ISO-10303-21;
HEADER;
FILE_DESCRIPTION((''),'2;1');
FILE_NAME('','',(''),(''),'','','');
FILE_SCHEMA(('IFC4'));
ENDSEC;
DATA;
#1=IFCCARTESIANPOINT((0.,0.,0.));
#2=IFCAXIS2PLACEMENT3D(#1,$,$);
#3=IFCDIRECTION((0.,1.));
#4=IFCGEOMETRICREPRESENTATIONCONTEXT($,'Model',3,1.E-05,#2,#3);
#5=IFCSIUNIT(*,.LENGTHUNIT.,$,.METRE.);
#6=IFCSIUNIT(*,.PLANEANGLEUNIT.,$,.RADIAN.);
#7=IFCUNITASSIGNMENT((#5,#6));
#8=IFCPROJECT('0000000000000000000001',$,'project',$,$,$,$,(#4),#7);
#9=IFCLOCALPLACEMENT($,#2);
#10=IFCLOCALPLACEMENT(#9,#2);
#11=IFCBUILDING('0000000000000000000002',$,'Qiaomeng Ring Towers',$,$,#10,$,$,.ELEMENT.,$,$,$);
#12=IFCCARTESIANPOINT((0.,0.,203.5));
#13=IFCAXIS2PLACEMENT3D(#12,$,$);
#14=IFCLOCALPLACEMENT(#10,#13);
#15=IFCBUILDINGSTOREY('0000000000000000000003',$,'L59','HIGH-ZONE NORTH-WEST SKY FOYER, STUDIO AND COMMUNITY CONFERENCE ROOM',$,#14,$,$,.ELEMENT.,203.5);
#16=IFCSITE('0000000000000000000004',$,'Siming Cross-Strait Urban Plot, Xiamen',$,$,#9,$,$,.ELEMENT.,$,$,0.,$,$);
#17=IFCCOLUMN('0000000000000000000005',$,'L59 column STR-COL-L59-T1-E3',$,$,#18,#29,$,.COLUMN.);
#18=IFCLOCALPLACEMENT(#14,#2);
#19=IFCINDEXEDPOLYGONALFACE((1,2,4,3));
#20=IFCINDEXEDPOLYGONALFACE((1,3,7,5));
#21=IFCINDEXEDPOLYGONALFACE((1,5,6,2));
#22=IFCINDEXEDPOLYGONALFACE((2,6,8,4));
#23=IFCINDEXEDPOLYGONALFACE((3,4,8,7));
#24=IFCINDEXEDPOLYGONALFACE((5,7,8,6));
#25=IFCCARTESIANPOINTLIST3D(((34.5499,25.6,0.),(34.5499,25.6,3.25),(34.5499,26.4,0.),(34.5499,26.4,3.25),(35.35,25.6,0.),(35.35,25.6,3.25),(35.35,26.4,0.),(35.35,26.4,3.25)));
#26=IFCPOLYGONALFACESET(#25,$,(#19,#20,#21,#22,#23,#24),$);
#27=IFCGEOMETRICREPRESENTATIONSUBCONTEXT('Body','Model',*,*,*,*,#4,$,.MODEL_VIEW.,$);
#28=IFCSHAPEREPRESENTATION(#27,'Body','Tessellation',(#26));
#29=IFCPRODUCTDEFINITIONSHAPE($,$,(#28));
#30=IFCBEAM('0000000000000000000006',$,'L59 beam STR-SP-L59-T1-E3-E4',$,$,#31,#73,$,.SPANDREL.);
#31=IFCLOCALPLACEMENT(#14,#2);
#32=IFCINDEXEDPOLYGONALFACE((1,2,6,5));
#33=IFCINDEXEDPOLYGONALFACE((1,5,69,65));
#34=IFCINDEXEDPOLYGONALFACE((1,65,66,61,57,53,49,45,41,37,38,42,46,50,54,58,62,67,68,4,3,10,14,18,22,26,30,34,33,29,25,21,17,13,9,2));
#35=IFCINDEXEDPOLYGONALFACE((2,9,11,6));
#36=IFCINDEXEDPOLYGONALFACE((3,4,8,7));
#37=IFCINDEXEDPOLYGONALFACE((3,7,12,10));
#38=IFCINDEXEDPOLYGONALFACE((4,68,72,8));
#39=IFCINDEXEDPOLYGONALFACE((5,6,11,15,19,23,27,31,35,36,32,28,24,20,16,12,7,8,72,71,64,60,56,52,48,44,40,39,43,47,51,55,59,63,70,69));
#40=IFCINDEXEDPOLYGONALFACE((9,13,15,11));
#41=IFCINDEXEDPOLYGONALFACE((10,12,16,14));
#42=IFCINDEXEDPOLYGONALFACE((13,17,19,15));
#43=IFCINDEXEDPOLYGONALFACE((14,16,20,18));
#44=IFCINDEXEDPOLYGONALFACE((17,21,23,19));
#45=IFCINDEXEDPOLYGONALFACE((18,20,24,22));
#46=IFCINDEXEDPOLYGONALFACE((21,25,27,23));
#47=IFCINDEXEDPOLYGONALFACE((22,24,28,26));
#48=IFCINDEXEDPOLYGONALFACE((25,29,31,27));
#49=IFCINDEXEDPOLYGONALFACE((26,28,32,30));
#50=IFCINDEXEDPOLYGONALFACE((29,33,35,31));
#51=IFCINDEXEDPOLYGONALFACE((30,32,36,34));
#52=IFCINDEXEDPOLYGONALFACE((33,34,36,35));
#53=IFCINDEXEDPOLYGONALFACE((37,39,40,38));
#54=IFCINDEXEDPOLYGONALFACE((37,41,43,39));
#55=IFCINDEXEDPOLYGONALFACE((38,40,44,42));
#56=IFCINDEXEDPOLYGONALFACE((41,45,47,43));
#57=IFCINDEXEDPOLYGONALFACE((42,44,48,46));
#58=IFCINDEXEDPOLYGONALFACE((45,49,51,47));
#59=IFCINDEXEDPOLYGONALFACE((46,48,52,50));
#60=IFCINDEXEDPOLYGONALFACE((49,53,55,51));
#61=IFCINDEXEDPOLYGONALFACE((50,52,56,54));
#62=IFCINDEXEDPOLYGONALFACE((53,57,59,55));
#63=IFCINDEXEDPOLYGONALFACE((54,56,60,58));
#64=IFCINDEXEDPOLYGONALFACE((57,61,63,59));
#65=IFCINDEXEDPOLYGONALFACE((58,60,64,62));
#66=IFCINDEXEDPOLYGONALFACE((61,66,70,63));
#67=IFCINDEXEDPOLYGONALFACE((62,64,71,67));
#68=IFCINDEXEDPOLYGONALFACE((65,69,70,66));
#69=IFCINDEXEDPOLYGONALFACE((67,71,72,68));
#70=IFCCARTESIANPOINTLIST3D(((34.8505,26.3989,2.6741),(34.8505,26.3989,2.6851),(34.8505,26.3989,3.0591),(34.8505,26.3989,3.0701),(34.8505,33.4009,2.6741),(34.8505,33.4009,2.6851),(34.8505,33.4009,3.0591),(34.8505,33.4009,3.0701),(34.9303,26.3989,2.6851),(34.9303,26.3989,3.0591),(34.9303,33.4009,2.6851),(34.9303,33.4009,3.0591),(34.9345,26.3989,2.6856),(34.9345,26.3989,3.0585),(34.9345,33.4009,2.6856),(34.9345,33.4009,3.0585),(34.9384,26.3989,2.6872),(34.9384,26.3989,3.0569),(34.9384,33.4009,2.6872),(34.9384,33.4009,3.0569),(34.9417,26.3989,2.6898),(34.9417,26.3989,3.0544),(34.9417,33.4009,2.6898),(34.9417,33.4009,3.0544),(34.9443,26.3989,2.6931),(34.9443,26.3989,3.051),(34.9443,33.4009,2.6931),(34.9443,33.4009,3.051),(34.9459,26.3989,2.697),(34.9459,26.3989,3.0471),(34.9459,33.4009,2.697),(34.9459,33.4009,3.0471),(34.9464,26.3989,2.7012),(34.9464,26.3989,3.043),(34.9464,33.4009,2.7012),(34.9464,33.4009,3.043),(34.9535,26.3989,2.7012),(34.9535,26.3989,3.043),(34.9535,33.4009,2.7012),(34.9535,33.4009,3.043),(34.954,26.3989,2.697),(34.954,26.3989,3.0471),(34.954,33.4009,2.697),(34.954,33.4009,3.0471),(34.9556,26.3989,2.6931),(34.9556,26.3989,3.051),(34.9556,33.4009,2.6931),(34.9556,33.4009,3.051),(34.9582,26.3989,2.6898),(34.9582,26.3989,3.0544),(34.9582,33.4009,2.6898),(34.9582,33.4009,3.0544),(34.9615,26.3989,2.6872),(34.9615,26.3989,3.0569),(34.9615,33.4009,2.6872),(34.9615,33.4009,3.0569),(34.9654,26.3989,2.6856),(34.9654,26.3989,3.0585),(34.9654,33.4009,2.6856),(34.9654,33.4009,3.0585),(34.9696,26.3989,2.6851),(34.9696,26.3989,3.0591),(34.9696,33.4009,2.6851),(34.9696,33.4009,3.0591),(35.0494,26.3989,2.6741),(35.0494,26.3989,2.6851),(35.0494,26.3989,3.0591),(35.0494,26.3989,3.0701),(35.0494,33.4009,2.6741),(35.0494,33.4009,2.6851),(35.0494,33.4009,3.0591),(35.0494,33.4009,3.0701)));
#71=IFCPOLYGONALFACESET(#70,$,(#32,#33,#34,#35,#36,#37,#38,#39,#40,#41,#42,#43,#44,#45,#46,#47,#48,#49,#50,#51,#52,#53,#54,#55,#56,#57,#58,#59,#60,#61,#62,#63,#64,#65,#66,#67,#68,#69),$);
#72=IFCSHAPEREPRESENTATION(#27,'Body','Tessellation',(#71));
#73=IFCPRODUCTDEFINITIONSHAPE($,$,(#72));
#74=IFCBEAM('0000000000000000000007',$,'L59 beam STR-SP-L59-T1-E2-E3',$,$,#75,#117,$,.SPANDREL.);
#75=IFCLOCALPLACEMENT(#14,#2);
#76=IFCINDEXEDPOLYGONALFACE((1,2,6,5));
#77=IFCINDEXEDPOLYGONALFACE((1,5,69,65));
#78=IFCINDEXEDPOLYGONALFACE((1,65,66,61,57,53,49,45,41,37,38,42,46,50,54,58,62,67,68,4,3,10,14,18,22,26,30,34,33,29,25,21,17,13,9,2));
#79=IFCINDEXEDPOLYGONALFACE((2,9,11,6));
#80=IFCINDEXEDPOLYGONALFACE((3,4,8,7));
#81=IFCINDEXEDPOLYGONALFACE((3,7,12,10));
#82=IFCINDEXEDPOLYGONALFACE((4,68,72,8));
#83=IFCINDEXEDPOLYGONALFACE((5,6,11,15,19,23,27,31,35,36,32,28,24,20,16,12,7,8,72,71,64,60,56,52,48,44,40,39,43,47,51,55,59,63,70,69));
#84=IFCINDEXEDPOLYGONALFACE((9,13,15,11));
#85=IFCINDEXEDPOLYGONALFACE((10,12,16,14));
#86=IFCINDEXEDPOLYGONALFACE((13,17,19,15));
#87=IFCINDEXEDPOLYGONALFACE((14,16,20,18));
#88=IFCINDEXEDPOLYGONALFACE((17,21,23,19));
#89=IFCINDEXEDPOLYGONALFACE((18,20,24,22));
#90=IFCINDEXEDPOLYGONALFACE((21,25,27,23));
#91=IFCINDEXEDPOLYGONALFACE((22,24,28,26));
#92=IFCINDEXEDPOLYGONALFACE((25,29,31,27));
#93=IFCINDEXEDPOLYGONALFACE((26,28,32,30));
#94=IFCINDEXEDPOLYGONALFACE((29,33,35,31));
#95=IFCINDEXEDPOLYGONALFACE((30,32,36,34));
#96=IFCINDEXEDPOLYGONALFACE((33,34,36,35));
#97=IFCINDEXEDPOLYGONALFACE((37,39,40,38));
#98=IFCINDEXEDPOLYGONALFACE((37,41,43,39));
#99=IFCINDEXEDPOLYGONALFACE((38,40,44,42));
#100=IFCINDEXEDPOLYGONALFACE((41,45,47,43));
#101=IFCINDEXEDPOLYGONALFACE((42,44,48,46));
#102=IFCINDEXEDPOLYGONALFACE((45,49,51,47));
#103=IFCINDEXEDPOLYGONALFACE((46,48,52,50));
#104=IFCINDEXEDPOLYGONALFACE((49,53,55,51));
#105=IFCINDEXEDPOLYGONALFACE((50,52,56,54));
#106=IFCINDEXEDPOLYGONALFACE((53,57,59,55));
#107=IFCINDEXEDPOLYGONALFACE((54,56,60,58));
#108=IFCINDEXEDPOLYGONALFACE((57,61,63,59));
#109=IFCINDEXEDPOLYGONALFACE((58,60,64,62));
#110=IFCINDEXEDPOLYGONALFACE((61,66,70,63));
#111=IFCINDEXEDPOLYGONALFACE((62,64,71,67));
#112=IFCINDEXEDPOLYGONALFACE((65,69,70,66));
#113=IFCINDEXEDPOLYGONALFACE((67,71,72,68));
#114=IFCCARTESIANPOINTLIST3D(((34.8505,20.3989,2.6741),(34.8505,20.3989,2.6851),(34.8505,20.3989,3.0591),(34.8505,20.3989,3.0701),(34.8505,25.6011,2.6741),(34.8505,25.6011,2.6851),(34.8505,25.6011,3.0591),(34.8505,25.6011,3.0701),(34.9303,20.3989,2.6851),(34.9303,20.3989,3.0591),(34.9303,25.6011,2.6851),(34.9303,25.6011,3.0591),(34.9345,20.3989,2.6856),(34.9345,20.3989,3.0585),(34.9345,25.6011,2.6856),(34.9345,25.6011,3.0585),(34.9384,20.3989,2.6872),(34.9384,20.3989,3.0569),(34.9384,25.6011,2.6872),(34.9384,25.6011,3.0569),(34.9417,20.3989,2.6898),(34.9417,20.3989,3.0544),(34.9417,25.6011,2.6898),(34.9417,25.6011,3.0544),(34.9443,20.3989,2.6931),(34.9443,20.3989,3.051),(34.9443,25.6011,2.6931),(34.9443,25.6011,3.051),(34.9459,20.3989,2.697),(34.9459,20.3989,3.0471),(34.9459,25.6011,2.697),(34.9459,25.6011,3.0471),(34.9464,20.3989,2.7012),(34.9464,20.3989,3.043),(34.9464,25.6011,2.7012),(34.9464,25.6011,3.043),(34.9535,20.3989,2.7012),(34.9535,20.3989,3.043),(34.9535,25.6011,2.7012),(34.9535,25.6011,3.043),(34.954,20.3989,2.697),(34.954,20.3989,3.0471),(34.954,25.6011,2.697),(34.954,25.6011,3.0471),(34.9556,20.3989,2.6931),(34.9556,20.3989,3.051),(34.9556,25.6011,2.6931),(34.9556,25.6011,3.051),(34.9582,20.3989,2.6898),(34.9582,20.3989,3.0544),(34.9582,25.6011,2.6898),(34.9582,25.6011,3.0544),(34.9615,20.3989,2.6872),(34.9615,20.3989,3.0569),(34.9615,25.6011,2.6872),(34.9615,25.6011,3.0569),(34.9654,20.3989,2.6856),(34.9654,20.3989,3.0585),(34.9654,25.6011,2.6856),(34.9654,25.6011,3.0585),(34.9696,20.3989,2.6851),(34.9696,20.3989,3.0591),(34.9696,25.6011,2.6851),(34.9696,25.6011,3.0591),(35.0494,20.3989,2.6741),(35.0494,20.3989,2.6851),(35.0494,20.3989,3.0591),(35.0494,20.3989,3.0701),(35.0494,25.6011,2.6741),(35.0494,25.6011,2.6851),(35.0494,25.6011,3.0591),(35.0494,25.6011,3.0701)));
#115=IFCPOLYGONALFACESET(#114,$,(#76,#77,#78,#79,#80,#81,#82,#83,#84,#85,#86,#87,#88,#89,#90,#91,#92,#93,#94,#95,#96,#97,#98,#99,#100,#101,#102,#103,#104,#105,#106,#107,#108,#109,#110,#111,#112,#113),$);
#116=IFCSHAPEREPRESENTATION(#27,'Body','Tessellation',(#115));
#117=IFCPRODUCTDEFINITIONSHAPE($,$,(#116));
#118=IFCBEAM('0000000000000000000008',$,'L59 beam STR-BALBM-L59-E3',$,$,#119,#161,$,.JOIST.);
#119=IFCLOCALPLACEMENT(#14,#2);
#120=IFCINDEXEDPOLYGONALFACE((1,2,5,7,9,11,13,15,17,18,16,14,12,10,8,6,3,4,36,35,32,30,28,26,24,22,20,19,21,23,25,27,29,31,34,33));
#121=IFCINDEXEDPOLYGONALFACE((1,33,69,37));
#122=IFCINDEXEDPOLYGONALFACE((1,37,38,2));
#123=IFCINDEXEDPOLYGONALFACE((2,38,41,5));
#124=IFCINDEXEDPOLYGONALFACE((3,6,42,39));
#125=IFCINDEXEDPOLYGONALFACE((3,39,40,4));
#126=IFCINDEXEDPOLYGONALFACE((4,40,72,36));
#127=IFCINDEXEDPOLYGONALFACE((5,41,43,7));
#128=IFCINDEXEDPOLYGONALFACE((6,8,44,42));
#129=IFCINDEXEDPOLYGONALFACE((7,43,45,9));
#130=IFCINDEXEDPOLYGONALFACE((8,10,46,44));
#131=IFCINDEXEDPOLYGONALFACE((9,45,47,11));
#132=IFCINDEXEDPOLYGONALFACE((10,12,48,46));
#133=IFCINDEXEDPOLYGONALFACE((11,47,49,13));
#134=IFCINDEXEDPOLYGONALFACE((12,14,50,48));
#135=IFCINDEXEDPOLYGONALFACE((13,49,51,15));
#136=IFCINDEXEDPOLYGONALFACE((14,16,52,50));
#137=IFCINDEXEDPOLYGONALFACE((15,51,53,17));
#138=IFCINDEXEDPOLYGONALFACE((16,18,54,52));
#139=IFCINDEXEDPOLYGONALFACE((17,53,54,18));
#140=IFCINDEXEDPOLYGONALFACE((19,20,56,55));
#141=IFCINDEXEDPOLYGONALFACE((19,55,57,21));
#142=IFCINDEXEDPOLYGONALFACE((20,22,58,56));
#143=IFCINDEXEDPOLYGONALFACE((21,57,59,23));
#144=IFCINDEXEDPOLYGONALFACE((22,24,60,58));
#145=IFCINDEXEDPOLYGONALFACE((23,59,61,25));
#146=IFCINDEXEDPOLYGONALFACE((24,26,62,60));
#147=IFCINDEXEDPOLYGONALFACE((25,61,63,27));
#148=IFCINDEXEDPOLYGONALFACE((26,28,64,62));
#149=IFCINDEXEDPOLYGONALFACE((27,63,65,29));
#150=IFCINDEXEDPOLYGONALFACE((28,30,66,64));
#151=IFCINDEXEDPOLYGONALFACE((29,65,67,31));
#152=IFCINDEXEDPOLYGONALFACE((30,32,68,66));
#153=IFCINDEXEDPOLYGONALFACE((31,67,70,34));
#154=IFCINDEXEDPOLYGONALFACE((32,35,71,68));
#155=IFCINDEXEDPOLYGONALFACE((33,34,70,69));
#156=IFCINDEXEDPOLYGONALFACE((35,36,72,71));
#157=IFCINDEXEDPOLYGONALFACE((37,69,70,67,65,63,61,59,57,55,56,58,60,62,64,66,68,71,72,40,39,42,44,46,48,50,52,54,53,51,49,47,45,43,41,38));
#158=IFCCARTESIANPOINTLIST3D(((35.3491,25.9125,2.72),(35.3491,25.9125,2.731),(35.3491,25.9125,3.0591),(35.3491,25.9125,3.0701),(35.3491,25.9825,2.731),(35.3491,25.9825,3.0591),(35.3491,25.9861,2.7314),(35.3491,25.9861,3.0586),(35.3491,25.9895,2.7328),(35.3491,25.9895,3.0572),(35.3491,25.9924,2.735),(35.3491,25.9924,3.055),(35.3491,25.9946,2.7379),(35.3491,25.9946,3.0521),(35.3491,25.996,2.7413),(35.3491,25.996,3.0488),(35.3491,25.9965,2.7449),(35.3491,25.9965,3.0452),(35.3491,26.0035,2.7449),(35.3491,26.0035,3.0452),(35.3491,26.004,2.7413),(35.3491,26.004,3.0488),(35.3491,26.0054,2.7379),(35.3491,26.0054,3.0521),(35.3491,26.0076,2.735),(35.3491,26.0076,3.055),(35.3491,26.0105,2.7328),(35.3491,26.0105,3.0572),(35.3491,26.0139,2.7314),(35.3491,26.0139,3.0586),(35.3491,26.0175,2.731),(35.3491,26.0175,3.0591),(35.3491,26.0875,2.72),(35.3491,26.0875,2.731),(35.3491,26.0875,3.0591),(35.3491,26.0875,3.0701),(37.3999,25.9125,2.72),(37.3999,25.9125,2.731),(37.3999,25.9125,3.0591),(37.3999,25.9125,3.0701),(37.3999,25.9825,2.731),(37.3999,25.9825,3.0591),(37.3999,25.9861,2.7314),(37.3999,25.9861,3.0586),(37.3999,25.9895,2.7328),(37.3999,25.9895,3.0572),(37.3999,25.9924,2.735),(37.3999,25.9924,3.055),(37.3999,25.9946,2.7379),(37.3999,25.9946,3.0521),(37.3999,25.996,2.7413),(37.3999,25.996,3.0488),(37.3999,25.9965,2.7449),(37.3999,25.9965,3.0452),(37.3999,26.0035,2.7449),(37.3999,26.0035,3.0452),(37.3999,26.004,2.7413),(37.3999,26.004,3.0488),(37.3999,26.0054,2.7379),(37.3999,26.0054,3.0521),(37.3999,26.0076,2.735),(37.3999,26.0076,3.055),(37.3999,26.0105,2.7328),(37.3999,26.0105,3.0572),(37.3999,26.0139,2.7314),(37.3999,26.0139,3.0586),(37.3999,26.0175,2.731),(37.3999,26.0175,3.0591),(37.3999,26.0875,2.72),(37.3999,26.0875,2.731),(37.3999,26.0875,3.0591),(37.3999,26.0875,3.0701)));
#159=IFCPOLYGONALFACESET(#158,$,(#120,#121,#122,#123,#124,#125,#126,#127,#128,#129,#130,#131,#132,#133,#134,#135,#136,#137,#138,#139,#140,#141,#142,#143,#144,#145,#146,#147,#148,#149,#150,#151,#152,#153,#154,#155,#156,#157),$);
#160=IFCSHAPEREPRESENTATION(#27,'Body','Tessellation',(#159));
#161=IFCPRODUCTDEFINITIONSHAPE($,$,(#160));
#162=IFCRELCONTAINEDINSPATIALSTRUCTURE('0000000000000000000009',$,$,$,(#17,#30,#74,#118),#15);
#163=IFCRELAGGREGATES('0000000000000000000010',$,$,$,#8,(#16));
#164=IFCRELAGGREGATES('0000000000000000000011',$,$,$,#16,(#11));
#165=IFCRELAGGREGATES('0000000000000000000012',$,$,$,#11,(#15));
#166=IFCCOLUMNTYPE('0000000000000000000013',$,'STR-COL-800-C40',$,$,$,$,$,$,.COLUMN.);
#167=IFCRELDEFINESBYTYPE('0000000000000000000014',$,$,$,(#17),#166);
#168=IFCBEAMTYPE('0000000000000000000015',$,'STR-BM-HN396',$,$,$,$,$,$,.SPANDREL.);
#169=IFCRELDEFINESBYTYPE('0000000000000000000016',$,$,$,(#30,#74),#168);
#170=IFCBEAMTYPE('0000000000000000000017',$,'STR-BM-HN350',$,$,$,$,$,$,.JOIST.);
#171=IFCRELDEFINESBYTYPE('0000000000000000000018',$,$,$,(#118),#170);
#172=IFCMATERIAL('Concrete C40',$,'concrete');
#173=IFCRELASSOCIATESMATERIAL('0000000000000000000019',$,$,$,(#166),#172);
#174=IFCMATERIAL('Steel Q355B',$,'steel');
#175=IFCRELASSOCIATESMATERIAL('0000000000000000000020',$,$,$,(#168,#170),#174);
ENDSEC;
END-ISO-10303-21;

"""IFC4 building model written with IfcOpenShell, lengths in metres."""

from ifc_helpers import new_model, si_unit, direction, frame, origin, origin_2d, place, context, subcontext, project, spatial, rectangle, i_section, extrude, source, transform, mapped, material, material_profile, profile_set, type_object, element, save


model = new_model("IFC4")

# Units and contexts
model_context = context("Model", 3, precision=1e-05, world=origin(), true_north=direction((0.0, 1.0)))
body_context = subcontext(model_context, "Body", "Model", "MODEL_VIEW")
ifc_project = project(units=[si_unit("LENGTHUNIT", "METRE"), si_unit("PLANEANGLEUNIT", "RADIAN")], contexts=[model_context])

# Site, building, storey
site_placement = place(None, origin())
site = spatial("IfcSite", under=ifc_project, at=site_placement, Name="Siming Cross-Strait Urban Plot, Xiamen", CompositionType="ELEMENT", RefElevation=0.0)
building_placement = place(site_placement, origin())
building = spatial("IfcBuilding", under=site, at=building_placement, Name="Qiaomeng Ring Towers", CompositionType="ELEMENT")
storey_placement = place(building_placement, frame((0.0, 0.0, 203.5)))
storey = spatial("IfcBuildingStorey", under=building, at=storey_placement, Name="L59", Description="HIGH-ZONE NORTH-WEST SKY FOYER, STUDIO AND COMMUNITY CONFERENCE ROOM", CompositionType="ELEMENT", Elevation=203.5)

# Column
ifc_material_1 = material(Name="Concrete C40", Category="concrete")
ifc_material_profile_1 = material_profile(ifc_material_1, rectangle(XDim=0.8, YDim=0.8, at=origin_2d()), Name="RC COL 800x800")
ifc_profile_set_1 = profile_set([ifc_material_profile_1], Name="Concrete C40")
column_type = type_object("IfcColumnType", Name="STR-COL-800-C40", PredefinedType="COLUMN", material=ifc_profile_set_1)
shared_shape_1 = source(origin(), body_context, "Body", "SweptSolid", [
    extrude(rectangle(XDim=0.8, YDim=0.8, at=origin_2d()), origin(), (0.0, 0.0, 1.0), 3.25),
])
column_placement = place(storey_placement, frame((34.95, 26.0, 0.0), z_axis=(0.0, 0.0, 1.0), x_axis=(1.0, 0.0, 0.0)))
element("IfcColumn", 1, at=column_placement, inside=storey, type_object=column_type, Name="L59 column STR-COL-L59-T1-E3", PredefinedType="COLUMN", context=body_context, shape_type="MappedRepresentation", body=[
    mapped(shared_shape_1, transform((0.0, 0.0, 0.0), x_axis=(1.0, 0.0, 0.0), y_axis=(0.0, 1.0, 0.0), z_axis=(0.0, 0.0, 1.0), scale=1.0)),
])

# Beams
ifc_material_2 = material(Name="Steel Q355B", Category="steel")
ifc_material_profile_2 = material_profile(ifc_material_2, i_section(OverallWidth=0.199, OverallDepth=0.396, WebThickness=0.0071, FlangeThickness=0.011, FilletRadius=0.0161, at=origin_2d()), Name="HN 396x199x7x11")
ifc_profile_set_2 = profile_set([ifc_material_profile_2], Name="Steel Q355B")
beam_type_1 = type_object("IfcBeamType", Name="STR-BM-HN396", PredefinedType="SPANDREL", material=ifc_profile_set_2)
shared_shape_2 = source(origin(), body_context, "Body", "SweptSolid", [
    extrude(i_section(OverallWidth=0.199, OverallDepth=0.396, WebThickness=0.0071, FlangeThickness=0.011, FilletRadius=0.0161, at=origin_2d()), origin(), (0.0, 0.0, 1.0), 7.002),
])
beam_1_placement = place(storey_placement, frame((34.95, 26.3989, 2.8721), z_axis=(0.0, 1.0, 0.0), x_axis=(-1.0, 0.0, 0.0)))
element("IfcBeam", 2, at=beam_1_placement, inside=storey, type_object=beam_type_1, Name="L59 beam STR-SP-L59-T1-E3-E4", PredefinedType="SPANDREL", context=body_context, shape_type="MappedRepresentation", body=[
    mapped(shared_shape_2, transform((0.0, 0.0, 0.0), x_axis=(1.0, 0.0, 0.0), y_axis=(0.0, 1.0, 0.0), z_axis=(0.0, 0.0, 1.0), scale=1.0)),
])
shared_shape_3 = source(origin(), body_context, "Body", "SweptSolid", [
    extrude(i_section(OverallWidth=0.199, OverallDepth=0.396, WebThickness=0.0071, FlangeThickness=0.011, FilletRadius=0.0161, at=origin_2d()), origin(), (0.0, 0.0, 1.0), 5.2021),
])
beam_2_placement = place(storey_placement, frame((34.95, 20.3989, 2.8721), z_axis=(0.0, 1.0, 0.0), x_axis=(-1.0, 0.0, 0.0)))
element("IfcBeam", 3, at=beam_2_placement, inside=storey, type_object=beam_type_1, Name="L59 beam STR-SP-L59-T1-E2-E3", PredefinedType="SPANDREL", context=body_context, shape_type="MappedRepresentation", body=[
    mapped(shared_shape_3, transform((0.0, 0.0, 0.0), x_axis=(1.0, 0.0, 0.0), y_axis=(0.0, 1.0, 0.0), z_axis=(0.0, 0.0, 1.0), scale=1.0)),
])
ifc_material_profile_3 = material_profile(ifc_material_2, i_section(OverallWidth=0.175, OverallDepth=0.3501, WebThickness=0.0071, FlangeThickness=0.011, FilletRadius=0.0139, at=origin_2d()), Name="HN 350x175x7x11")
ifc_profile_set_3 = profile_set([ifc_material_profile_3], Name="Steel Q355B")
beam_type_2 = type_object("IfcBeamType", Name="STR-BM-HN350", PredefinedType="JOIST", material=ifc_profile_set_3)
shared_shape_4 = source(origin(), body_context, "Body", "SweptSolid", [
    extrude(i_section(OverallWidth=0.175, OverallDepth=0.3501, WebThickness=0.0071, FlangeThickness=0.011, FilletRadius=0.0139, at=origin_2d()), origin(), (0.0, 0.0, 1.0), 2.0508),
])
beam_3_placement = place(storey_placement, frame((35.3491, 26.0, 2.895), z_axis=(1.0, 0.0, 0.0), x_axis=(0.0, 1.0, 0.0)))
element("IfcBeam", 4, at=beam_3_placement, inside=storey, type_object=beam_type_2, Name="L59 beam STR-BALBM-L59-E3", PredefinedType="JOIST", context=body_context, shape_type="MappedRepresentation", body=[
    mapped(shared_shape_4, transform((0.0, 0.0, 0.0), x_axis=(1.0, 0.0, 0.0), y_axis=(0.0, 1.0, 0.0), z_axis=(0.0, 0.0, 1.0), scale=1.0)),
])

save(model, "model.ifc")
